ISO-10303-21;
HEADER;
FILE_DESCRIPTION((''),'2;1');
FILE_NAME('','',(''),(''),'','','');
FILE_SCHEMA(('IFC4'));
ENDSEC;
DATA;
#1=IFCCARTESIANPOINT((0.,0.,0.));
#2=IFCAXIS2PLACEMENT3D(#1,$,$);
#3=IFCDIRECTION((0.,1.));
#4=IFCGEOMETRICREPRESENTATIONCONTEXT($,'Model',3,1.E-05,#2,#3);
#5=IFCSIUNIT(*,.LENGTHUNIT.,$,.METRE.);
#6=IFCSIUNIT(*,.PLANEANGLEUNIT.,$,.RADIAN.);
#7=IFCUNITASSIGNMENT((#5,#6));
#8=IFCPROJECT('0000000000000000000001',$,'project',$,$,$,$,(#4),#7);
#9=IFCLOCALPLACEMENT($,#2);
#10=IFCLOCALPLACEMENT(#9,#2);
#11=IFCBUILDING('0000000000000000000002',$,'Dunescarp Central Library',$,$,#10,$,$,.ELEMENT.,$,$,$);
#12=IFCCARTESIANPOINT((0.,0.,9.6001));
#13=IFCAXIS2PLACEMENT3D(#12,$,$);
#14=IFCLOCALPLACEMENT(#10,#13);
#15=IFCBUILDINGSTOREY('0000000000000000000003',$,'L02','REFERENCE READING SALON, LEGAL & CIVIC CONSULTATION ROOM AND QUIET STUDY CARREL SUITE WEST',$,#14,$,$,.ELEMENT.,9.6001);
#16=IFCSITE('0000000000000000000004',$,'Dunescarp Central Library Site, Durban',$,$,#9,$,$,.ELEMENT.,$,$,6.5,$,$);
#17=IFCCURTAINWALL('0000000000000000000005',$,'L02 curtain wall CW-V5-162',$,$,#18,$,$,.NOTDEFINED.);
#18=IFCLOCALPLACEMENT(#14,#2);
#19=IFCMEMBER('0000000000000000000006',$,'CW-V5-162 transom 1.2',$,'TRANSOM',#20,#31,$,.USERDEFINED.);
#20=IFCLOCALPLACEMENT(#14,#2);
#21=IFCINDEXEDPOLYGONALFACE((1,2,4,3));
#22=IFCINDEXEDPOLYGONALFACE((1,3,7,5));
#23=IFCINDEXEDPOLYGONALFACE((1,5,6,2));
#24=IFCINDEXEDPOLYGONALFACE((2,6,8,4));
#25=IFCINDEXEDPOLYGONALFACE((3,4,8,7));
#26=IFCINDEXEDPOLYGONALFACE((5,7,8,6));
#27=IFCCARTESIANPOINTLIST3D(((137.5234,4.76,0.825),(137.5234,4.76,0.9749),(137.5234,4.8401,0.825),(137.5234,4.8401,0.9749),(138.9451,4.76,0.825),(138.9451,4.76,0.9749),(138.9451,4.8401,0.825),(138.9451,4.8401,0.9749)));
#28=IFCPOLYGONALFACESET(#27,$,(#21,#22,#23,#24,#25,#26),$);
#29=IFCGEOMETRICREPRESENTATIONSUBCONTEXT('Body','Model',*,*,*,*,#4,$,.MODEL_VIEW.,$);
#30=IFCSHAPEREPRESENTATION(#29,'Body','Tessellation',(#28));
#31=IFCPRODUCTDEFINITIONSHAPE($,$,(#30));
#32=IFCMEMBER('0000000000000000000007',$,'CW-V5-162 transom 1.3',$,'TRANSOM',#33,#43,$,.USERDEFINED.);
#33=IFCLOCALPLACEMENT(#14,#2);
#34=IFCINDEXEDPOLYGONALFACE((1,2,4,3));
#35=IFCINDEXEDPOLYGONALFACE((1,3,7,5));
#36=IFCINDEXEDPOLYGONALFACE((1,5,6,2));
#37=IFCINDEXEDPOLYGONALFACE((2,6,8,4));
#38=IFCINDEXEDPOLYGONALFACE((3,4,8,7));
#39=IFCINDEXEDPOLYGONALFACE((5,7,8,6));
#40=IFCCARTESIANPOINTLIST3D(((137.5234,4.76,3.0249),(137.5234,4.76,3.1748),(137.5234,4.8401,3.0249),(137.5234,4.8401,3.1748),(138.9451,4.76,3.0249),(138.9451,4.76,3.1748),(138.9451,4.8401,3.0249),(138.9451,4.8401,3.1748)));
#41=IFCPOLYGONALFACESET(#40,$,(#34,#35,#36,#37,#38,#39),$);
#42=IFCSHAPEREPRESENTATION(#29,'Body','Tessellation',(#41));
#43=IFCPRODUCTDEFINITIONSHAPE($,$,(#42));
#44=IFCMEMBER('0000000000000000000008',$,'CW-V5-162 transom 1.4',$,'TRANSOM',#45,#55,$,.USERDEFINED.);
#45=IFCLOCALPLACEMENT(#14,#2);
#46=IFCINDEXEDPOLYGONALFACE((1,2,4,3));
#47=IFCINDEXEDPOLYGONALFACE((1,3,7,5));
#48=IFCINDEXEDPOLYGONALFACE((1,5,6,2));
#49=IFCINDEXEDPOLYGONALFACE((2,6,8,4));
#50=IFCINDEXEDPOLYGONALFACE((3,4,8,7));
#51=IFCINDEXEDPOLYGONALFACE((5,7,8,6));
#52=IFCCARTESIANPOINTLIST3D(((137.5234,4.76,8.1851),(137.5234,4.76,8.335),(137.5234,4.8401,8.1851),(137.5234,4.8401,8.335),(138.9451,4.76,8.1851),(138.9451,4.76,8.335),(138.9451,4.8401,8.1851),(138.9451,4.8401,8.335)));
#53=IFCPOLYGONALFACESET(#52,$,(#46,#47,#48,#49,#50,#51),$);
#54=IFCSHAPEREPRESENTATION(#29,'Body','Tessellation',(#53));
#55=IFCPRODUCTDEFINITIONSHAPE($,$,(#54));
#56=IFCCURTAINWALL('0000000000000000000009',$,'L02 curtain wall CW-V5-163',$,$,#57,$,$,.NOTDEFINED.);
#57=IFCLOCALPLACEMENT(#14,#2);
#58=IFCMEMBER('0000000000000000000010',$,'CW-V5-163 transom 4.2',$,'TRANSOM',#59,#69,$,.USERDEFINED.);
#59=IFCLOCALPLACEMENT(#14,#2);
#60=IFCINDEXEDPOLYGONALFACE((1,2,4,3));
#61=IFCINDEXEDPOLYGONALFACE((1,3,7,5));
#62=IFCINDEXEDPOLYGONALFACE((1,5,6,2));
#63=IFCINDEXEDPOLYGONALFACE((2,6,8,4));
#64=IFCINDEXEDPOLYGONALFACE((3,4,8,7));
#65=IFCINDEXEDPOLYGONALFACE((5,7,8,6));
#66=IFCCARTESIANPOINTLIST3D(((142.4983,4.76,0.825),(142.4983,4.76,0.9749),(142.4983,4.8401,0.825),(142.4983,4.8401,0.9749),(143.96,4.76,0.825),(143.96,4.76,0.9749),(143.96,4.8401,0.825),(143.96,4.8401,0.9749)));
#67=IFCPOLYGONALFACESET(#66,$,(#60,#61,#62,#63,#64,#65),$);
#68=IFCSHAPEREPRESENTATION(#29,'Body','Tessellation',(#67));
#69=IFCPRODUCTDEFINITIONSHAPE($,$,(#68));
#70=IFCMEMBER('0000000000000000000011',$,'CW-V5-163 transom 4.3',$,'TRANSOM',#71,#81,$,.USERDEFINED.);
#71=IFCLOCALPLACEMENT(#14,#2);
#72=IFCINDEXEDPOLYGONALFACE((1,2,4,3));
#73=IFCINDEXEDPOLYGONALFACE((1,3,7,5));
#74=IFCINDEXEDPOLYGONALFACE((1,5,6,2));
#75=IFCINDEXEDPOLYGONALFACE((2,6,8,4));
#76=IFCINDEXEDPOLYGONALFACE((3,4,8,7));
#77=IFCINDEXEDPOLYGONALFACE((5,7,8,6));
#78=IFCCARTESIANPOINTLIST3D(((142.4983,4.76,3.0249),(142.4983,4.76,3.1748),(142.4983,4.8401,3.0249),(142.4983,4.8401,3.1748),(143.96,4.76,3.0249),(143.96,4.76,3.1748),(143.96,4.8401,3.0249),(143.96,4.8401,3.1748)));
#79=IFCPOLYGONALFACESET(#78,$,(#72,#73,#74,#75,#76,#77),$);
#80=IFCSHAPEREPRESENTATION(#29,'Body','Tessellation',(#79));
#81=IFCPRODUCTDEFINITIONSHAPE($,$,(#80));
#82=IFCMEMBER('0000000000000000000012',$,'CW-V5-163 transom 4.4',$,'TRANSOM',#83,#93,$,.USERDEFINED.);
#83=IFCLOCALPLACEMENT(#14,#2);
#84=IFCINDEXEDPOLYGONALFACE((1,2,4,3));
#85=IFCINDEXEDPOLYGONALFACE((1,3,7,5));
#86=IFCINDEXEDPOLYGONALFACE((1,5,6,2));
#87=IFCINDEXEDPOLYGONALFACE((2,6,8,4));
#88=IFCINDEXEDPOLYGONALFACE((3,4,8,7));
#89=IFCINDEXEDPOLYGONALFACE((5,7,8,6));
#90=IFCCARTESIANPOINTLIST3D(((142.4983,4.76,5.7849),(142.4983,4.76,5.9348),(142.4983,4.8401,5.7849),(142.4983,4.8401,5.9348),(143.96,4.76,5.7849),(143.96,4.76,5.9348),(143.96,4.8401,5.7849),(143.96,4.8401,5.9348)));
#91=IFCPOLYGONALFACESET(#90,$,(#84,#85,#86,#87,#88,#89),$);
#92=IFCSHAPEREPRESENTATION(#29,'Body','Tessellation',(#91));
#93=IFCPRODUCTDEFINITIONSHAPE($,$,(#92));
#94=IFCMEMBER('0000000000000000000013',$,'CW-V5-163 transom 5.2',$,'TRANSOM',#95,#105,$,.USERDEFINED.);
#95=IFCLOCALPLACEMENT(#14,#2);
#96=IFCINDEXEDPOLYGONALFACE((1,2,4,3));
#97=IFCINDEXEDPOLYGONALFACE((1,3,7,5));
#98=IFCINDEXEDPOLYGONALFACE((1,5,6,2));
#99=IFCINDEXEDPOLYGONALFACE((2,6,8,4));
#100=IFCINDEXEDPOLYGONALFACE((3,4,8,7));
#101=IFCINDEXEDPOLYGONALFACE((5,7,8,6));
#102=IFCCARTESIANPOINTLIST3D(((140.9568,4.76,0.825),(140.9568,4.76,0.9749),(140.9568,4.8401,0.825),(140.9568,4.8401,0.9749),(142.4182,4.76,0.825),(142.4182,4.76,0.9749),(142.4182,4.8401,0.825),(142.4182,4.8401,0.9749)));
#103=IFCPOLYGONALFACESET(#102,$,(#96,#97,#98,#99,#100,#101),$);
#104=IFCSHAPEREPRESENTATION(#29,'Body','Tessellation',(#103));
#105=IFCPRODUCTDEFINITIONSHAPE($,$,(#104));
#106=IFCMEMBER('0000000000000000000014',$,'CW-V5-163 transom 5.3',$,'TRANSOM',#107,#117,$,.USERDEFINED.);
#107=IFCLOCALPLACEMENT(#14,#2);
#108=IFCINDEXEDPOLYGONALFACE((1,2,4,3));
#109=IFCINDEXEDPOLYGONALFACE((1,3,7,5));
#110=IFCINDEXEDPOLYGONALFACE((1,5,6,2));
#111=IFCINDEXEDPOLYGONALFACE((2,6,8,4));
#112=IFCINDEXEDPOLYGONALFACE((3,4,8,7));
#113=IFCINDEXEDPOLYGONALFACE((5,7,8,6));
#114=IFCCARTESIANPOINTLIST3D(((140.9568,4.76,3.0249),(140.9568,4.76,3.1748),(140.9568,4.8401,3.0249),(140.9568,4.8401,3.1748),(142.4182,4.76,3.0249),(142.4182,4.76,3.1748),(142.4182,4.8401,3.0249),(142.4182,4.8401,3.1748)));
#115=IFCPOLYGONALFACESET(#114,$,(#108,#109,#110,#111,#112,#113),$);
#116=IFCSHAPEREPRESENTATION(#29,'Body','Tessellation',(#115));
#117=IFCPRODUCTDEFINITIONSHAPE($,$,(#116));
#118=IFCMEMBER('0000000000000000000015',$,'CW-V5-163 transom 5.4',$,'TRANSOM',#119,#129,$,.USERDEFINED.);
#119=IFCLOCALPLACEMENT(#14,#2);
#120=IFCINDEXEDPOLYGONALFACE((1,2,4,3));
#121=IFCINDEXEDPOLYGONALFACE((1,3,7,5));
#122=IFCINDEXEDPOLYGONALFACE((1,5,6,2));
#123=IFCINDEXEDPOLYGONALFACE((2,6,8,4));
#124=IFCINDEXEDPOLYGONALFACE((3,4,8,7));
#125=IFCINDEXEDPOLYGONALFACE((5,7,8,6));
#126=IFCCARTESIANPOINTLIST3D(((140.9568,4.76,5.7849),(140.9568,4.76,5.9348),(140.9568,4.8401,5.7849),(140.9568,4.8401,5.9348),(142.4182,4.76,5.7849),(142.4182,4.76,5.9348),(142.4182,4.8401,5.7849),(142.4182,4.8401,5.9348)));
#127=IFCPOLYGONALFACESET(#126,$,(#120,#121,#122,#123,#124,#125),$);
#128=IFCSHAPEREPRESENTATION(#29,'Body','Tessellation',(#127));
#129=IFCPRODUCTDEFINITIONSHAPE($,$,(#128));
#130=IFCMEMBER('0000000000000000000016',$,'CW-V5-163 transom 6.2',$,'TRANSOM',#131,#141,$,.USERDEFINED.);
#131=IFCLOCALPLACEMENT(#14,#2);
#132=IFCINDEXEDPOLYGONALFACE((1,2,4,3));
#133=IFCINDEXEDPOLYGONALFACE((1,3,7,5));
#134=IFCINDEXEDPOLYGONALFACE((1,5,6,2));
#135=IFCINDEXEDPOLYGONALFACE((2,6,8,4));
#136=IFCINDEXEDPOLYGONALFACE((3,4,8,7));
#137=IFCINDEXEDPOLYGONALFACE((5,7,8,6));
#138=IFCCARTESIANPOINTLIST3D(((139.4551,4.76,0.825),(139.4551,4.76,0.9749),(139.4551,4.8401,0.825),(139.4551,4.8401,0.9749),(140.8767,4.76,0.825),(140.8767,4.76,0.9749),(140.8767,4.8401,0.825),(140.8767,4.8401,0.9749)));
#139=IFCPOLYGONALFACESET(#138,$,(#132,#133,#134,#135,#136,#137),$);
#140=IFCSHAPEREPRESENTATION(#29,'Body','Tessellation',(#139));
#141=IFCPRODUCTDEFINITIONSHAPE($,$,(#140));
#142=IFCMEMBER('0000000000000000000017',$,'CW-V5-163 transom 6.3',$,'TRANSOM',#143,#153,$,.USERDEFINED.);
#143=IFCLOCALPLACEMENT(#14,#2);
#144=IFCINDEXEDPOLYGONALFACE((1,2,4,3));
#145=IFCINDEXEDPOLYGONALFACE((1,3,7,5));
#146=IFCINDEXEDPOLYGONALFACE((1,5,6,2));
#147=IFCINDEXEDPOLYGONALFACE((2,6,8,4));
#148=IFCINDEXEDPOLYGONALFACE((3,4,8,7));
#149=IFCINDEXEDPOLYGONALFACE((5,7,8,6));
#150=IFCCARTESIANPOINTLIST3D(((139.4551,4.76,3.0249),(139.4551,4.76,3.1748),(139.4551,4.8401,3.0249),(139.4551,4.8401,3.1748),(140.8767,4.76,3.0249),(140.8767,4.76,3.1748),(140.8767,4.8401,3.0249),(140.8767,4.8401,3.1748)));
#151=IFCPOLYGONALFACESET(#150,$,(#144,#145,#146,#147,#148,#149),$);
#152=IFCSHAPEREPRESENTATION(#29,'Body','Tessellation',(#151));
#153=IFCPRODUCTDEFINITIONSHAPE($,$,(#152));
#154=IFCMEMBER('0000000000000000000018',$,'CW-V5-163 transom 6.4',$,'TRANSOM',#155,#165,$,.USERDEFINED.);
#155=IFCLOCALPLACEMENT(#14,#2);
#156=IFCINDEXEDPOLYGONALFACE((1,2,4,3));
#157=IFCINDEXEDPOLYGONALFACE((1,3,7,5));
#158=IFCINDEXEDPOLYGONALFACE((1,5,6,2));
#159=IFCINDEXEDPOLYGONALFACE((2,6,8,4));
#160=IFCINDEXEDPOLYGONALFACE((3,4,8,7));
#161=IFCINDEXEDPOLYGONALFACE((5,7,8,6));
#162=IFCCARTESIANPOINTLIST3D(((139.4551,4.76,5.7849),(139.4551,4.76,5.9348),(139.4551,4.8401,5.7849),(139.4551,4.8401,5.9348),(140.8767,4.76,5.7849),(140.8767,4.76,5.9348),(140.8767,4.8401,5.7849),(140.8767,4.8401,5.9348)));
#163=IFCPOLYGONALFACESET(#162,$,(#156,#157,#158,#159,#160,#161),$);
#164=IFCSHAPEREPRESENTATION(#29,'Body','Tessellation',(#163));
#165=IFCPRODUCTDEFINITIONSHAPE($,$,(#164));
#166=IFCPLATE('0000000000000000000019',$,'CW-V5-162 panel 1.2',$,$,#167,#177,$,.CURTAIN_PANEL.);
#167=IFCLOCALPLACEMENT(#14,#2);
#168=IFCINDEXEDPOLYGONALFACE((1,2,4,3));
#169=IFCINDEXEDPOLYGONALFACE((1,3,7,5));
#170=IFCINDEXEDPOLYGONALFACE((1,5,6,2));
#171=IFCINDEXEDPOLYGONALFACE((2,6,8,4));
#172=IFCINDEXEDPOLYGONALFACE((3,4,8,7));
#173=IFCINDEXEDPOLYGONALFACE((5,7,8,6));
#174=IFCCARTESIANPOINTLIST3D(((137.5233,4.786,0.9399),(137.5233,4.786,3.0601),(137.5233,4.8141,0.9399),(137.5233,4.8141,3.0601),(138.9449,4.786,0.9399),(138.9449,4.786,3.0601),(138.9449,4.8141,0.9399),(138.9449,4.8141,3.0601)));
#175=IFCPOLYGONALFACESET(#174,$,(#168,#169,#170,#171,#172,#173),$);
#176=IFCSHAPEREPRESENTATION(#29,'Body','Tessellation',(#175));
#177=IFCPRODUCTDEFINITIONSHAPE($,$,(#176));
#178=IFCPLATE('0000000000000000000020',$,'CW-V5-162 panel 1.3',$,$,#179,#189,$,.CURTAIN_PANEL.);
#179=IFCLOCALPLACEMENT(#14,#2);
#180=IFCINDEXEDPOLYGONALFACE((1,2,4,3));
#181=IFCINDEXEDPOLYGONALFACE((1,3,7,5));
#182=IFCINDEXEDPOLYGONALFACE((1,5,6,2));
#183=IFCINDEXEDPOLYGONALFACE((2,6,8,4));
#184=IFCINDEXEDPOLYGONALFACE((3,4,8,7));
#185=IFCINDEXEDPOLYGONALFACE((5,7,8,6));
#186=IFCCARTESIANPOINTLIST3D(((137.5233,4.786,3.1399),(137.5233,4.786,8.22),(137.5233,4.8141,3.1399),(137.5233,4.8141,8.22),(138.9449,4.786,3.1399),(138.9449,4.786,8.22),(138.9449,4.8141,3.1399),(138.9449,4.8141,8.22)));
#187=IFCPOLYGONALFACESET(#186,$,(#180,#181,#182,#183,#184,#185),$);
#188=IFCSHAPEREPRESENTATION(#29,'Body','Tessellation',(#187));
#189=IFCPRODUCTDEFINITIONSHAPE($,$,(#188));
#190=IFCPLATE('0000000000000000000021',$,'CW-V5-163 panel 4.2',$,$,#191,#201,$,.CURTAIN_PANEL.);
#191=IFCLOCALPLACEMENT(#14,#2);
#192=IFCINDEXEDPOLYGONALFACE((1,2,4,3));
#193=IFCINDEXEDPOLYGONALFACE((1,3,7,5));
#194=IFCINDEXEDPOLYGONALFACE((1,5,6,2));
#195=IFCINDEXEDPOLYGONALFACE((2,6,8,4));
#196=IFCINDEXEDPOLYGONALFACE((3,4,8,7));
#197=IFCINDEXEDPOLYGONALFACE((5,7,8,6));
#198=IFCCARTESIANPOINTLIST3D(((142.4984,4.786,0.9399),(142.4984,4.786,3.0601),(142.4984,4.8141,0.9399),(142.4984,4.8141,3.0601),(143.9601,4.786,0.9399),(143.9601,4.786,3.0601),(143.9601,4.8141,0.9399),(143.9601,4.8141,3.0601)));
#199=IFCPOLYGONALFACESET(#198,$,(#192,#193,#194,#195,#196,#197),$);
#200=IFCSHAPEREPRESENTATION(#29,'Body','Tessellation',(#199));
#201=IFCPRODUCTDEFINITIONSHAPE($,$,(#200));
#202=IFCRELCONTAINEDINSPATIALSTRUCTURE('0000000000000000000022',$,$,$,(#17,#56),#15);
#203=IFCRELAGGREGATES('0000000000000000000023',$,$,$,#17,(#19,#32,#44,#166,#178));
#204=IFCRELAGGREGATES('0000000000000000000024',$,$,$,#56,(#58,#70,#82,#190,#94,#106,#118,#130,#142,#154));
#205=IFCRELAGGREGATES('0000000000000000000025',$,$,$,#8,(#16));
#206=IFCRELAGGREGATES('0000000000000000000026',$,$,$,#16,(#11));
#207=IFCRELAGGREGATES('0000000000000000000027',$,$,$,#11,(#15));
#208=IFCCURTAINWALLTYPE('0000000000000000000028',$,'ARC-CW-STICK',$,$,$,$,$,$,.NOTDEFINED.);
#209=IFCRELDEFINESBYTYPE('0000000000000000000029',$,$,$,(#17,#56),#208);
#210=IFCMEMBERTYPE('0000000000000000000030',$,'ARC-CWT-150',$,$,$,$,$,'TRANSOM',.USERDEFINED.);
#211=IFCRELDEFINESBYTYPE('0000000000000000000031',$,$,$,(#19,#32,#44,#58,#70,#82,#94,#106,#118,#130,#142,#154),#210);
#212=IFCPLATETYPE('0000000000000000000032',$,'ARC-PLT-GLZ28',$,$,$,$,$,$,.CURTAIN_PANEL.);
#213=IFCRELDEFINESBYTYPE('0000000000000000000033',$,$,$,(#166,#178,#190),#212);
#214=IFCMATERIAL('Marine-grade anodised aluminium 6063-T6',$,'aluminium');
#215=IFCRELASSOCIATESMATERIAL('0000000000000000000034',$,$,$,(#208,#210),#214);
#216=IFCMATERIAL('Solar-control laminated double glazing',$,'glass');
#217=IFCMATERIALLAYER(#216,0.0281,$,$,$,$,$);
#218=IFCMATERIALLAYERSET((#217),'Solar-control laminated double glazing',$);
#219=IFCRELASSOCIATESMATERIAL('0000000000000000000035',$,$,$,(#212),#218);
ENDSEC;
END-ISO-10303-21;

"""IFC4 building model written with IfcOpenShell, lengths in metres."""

from ifc_helpers import new_model, si_unit, direction, frame, origin, origin_2d, place, context, subcontext, project, spatial, rectangle, extrude, material, layer, layer_set, material_profile, profile_set, type_object, element, aggregate, save


model = new_model("IFC4")

# Units and contexts
model_context = context("Model", 3, precision=1e-05, world=origin(), true_north=direction((0.0, 1.0)))
body_context = subcontext(model_context, "Body", "Model", "MODEL_VIEW")
ifc_project = project(units=[si_unit("LENGTHUNIT", "METRE"), si_unit("PLANEANGLEUNIT", "RADIAN")], contexts=[model_context])

# Site, building, storey
site_placement = place(None, origin())
site = spatial("IfcSite", under=ifc_project, at=site_placement, Name="Dunescarp Central Library Site, Durban", CompositionType="ELEMENT", RefElevation=6.5)
building_placement = place(site_placement, origin())
building = spatial("IfcBuilding", under=site, at=building_placement, Name="Dunescarp Central Library", CompositionType="ELEMENT")
storey_placement = place(building_placement, frame((0.0, 0.0, 9.6001)))
storey = spatial("IfcBuildingStorey", under=building, at=storey_placement, Name="L02", Description="REFERENCE READING SALON, LEGAL & CIVIC CONSULTATION ROOM AND QUIET STUDY CARREL SUITE WEST", CompositionType="ELEMENT", Elevation=9.6001)

# Curtain walls, members
ifc_material_1 = material(Name="Marine-grade anodised aluminium 6063-T6", Category="aluminium")
curtain_wall_type = type_object("IfcCurtainWallType", Name="ARC-CW-STICK", PredefinedType="NOTDEFINED", material=ifc_material_1)
curtain_wall_1_placement = place(storey_placement, origin())
curtain_wall_1 = element("IfcCurtainWall", 1, at=curtain_wall_1_placement, inside=storey, type_object=curtain_wall_type, Name="L02 curtain wall CW-V5-162", PredefinedType="NOTDEFINED")
ifc_material_profile = material_profile(ifc_material_1, rectangle(XDim=0.0801, YDim=0.1499, at=origin_2d()), Name="AL 80x150")
ifc_profile_set = profile_set([ifc_material_profile], Name="Marine-grade anodised aluminium 6063-T6")
member_type = type_object("IfcMemberType", Name="ARC-CWT-150", ElementType="TRANSOM", PredefinedType="USERDEFINED", material=ifc_profile_set)
member_1_placement = place(storey_placement, frame((138.9451, 4.8, 0.8999), z_axis=(-1.0, 0.0, 0.0), x_axis=(0.0, -1.0, 0.0)))
member_1 = element("IfcMember", 2, at=member_1_placement, type_object=member_type, Name="CW-V5-162 transom 1.2", ObjectType="TRANSOM", PredefinedType="USERDEFINED", context=body_context, shape_type="SweptSolid", body=[
    extrude(rectangle(XDim=0.0801, YDim=0.1499, at=origin_2d()), origin(), (0.0, 0.0, 1.0), 1.4216),
])
member_2_placement = place(storey_placement, frame((138.9451, 4.8, 3.0999), z_axis=(-1.0, 0.0, 0.0), x_axis=(0.0, -1.0, 0.0)))
member_2 = element("IfcMember", 3, at=member_2_placement, type_object=member_type, Name="CW-V5-162 transom 1.3", ObjectType="TRANSOM", PredefinedType="USERDEFINED", context=body_context, shape_type="SweptSolid", body=[
    extrude(rectangle(XDim=0.0801, YDim=0.1499, at=origin_2d()), origin(), (0.0, 0.0, 1.0), 1.4216),
])
member_3_placement = place(storey_placement, frame((138.9451, 4.8, 8.26), z_axis=(-1.0, 0.0, 0.0), x_axis=(0.0, -1.0, 0.0)))
member_3 = element("IfcMember", 4, at=member_3_placement, type_object=member_type, Name="CW-V5-162 transom 1.4", ObjectType="TRANSOM", PredefinedType="USERDEFINED", context=body_context, shape_type="SweptSolid", body=[
    extrude(rectangle(XDim=0.0801, YDim=0.1499, at=origin_2d()), origin(), (0.0, 0.0, 1.0), 1.4216),
])
curtain_wall_2_placement = place(storey_placement, origin())
curtain_wall_2 = element("IfcCurtainWall", 5, at=curtain_wall_2_placement, inside=storey, type_object=curtain_wall_type, Name="L02 curtain wall CW-V5-163", PredefinedType="NOTDEFINED")
member_4_placement = place(storey_placement, frame((143.96, 4.8, 0.8999), z_axis=(-1.0, 0.0, 0.0), x_axis=(0.0, -1.0, 0.0)))
member_4 = element("IfcMember", 6, at=member_4_placement, type_object=member_type, Name="CW-V5-163 transom 4.2", ObjectType="TRANSOM", PredefinedType="USERDEFINED", context=body_context, shape_type="SweptSolid", body=[
    extrude(rectangle(XDim=0.0801, YDim=0.1499, at=origin_2d()), origin(), (0.0, 0.0, 1.0), 1.4617),
])
member_5_placement = place(storey_placement, frame((143.96, 4.8, 3.0999), z_axis=(-1.0, 0.0, 0.0), x_axis=(0.0, -1.0, 0.0)))
member_5 = element("IfcMember", 7, at=member_5_placement, type_object=member_type, Name="CW-V5-163 transom 4.3", ObjectType="TRANSOM", PredefinedType="USERDEFINED", context=body_context, shape_type="SweptSolid", body=[
    extrude(rectangle(XDim=0.0801, YDim=0.1499, at=origin_2d()), origin(), (0.0, 0.0, 1.0), 1.4617),
])
member_6_placement = place(storey_placement, frame((143.96, 4.8, 5.8599), z_axis=(-1.0, 0.0, 0.0), x_axis=(0.0, -1.0, 0.0)))
member_6 = element("IfcMember", 8, at=member_6_placement, type_object=member_type, Name="CW-V5-163 transom 4.4", ObjectType="TRANSOM", PredefinedType="USERDEFINED", context=body_context, shape_type="SweptSolid", body=[
    extrude(rectangle(XDim=0.0801, YDim=0.1499, at=origin_2d()), origin(), (0.0, 0.0, 1.0), 1.4617),
])
member_7_placement = place(storey_placement, frame((142.4182, 4.8, 0.8999), z_axis=(-1.0, 0.0, 0.0), x_axis=(0.0, -1.0, 0.0)))
member_7 = element("IfcMember", 9, at=member_7_placement, type_object=member_type, Name="CW-V5-163 transom 5.2", ObjectType="TRANSOM", PredefinedType="USERDEFINED", context=body_context, shape_type="SweptSolid", body=[
    extrude(rectangle(XDim=0.0801, YDim=0.1499, at=origin_2d()), origin(), (0.0, 0.0, 1.0), 1.4614),
])
member_8_placement = place(storey_placement, frame((142.4182, 4.8, 3.0999), z_axis=(-1.0, 0.0, 0.0), x_axis=(0.0, -1.0, 0.0)))
member_8 = element("IfcMember", 10, at=member_8_placement, type_object=member_type, Name="CW-V5-163 transom 5.3", ObjectType="TRANSOM", PredefinedType="USERDEFINED", context=body_context, shape_type="SweptSolid", body=[
    extrude(rectangle(XDim=0.0801, YDim=0.1499, at=origin_2d()), origin(), (0.0, 0.0, 1.0), 1.4614),
])
member_9_placement = place(storey_placement, frame((142.4182, 4.8, 5.8599), z_axis=(-1.0, 0.0, 0.0), x_axis=(0.0, -1.0, 0.0)))
member_9 = element("IfcMember", 11, at=member_9_placement, type_object=member_type, Name="CW-V5-163 transom 5.4", ObjectType="TRANSOM", PredefinedType="USERDEFINED", context=body_context, shape_type="SweptSolid", body=[
    extrude(rectangle(XDim=0.0801, YDim=0.1499, at=origin_2d()), origin(), (0.0, 0.0, 1.0), 1.4614),
])
member_10_placement = place(storey_placement, frame((140.8767, 4.8, 0.8999), z_axis=(-1.0, 0.0, 0.0), x_axis=(0.0, -1.0, 0.0)))
member_10 = element("IfcMember", 12, at=member_10_placement, type_object=member_type, Name="CW-V5-163 transom 6.2", ObjectType="TRANSOM", PredefinedType="USERDEFINED", context=body_context, shape_type="SweptSolid", body=[
    extrude(rectangle(XDim=0.0801, YDim=0.1499, at=origin_2d()), origin(), (0.0, 0.0, 1.0), 1.4216),
])
member_11_placement = place(storey_placement, frame((140.8767, 4.8, 3.0999), z_axis=(-1.0, 0.0, 0.0), x_axis=(0.0, -1.0, 0.0)))
member_11 = element("IfcMember", 13, at=member_11_placement, type_object=member_type, Name="CW-V5-163 transom 6.3", ObjectType="TRANSOM", PredefinedType="USERDEFINED", context=body_context, shape_type="SweptSolid", body=[
    extrude(rectangle(XDim=0.0801, YDim=0.1499, at=origin_2d()), origin(), (0.0, 0.0, 1.0), 1.4216),
])
member_12_placement = place(storey_placement, frame((140.8767, 4.8, 5.8599), z_axis=(-1.0, 0.0, 0.0), x_axis=(0.0, -1.0, 0.0)))
member_12 = element("IfcMember", 14, at=member_12_placement, type_object=member_type, Name="CW-V5-163 transom 6.4", ObjectType="TRANSOM", PredefinedType="USERDEFINED", context=body_context, shape_type="SweptSolid", body=[
    extrude(rectangle(XDim=0.0801, YDim=0.1499, at=origin_2d()), origin(), (0.0, 0.0, 1.0), 1.4216),
])

# Plates
ifc_material_2 = material(Name="Solar-control laminated double glazing", Category="glass")
ifc_layer_1 = layer(ifc_material_2, 0.0281)
ifc_layer_set_1 = layer_set([ifc_layer_1], Name="Solar-control laminated double glazing")
plate_type = type_object("IfcPlateType", Name="ARC-PLT-GLZ28", PredefinedType="CURTAIN_PANEL", material=ifc_layer_set_1)
plate_1_placement = place(storey_placement, frame((138.2341, 4.8, 0.9399), z_axis=(0.0, 0.0, 1.0), x_axis=(-1.0, 0.0, 0.0)))
plate_1 = element("IfcPlate", 15, at=plate_1_placement, type_object=plate_type, Name="CW-V5-162 panel 1.2", PredefinedType="CURTAIN_PANEL", context=body_context, shape_type="SweptSolid", body=[
    extrude(rectangle(XDim=1.4216, YDim=0.0281, at=origin_2d()), origin(), (0.0, 0.0, 1.0), 2.1201),
])
plate_2_placement = place(storey_placement, frame((138.2341, 4.8, 3.1399), z_axis=(0.0, 0.0, 1.0), x_axis=(-1.0, 0.0, 0.0)))
plate_2 = element("IfcPlate", 16, at=plate_2_placement, type_object=plate_type, Name="CW-V5-162 panel 1.3", PredefinedType="CURTAIN_PANEL", context=body_context, shape_type="SweptSolid", body=[
    extrude(rectangle(XDim=1.4216, YDim=0.0281, at=origin_2d()), origin(), (0.0, 0.0, 1.0), 5.0801),
])
aggregate(curtain_wall_1, [member_1, member_2, member_3, plate_1, plate_2])
plate_3_placement = place(storey_placement, frame((143.2292, 4.8, 0.9399), z_axis=(0.0, 0.0, 1.0), x_axis=(-1.0, 0.0, 0.0)))
plate_3 = element("IfcPlate", 17, at=plate_3_placement, type_object=plate_type, Name="CW-V5-163 panel 4.2", PredefinedType="CURTAIN_PANEL", context=body_context, shape_type="SweptSolid", body=[
    extrude(rectangle(XDim=1.4617, YDim=0.0281, at=origin_2d()), origin(), (0.0, 0.0, 1.0), 2.1201),
])
aggregate(curtain_wall_2, [member_4, member_5, member_6, plate_3, member_7, member_8, member_9, member_10, member_11, member_12])

save(model, "model.ifc")
